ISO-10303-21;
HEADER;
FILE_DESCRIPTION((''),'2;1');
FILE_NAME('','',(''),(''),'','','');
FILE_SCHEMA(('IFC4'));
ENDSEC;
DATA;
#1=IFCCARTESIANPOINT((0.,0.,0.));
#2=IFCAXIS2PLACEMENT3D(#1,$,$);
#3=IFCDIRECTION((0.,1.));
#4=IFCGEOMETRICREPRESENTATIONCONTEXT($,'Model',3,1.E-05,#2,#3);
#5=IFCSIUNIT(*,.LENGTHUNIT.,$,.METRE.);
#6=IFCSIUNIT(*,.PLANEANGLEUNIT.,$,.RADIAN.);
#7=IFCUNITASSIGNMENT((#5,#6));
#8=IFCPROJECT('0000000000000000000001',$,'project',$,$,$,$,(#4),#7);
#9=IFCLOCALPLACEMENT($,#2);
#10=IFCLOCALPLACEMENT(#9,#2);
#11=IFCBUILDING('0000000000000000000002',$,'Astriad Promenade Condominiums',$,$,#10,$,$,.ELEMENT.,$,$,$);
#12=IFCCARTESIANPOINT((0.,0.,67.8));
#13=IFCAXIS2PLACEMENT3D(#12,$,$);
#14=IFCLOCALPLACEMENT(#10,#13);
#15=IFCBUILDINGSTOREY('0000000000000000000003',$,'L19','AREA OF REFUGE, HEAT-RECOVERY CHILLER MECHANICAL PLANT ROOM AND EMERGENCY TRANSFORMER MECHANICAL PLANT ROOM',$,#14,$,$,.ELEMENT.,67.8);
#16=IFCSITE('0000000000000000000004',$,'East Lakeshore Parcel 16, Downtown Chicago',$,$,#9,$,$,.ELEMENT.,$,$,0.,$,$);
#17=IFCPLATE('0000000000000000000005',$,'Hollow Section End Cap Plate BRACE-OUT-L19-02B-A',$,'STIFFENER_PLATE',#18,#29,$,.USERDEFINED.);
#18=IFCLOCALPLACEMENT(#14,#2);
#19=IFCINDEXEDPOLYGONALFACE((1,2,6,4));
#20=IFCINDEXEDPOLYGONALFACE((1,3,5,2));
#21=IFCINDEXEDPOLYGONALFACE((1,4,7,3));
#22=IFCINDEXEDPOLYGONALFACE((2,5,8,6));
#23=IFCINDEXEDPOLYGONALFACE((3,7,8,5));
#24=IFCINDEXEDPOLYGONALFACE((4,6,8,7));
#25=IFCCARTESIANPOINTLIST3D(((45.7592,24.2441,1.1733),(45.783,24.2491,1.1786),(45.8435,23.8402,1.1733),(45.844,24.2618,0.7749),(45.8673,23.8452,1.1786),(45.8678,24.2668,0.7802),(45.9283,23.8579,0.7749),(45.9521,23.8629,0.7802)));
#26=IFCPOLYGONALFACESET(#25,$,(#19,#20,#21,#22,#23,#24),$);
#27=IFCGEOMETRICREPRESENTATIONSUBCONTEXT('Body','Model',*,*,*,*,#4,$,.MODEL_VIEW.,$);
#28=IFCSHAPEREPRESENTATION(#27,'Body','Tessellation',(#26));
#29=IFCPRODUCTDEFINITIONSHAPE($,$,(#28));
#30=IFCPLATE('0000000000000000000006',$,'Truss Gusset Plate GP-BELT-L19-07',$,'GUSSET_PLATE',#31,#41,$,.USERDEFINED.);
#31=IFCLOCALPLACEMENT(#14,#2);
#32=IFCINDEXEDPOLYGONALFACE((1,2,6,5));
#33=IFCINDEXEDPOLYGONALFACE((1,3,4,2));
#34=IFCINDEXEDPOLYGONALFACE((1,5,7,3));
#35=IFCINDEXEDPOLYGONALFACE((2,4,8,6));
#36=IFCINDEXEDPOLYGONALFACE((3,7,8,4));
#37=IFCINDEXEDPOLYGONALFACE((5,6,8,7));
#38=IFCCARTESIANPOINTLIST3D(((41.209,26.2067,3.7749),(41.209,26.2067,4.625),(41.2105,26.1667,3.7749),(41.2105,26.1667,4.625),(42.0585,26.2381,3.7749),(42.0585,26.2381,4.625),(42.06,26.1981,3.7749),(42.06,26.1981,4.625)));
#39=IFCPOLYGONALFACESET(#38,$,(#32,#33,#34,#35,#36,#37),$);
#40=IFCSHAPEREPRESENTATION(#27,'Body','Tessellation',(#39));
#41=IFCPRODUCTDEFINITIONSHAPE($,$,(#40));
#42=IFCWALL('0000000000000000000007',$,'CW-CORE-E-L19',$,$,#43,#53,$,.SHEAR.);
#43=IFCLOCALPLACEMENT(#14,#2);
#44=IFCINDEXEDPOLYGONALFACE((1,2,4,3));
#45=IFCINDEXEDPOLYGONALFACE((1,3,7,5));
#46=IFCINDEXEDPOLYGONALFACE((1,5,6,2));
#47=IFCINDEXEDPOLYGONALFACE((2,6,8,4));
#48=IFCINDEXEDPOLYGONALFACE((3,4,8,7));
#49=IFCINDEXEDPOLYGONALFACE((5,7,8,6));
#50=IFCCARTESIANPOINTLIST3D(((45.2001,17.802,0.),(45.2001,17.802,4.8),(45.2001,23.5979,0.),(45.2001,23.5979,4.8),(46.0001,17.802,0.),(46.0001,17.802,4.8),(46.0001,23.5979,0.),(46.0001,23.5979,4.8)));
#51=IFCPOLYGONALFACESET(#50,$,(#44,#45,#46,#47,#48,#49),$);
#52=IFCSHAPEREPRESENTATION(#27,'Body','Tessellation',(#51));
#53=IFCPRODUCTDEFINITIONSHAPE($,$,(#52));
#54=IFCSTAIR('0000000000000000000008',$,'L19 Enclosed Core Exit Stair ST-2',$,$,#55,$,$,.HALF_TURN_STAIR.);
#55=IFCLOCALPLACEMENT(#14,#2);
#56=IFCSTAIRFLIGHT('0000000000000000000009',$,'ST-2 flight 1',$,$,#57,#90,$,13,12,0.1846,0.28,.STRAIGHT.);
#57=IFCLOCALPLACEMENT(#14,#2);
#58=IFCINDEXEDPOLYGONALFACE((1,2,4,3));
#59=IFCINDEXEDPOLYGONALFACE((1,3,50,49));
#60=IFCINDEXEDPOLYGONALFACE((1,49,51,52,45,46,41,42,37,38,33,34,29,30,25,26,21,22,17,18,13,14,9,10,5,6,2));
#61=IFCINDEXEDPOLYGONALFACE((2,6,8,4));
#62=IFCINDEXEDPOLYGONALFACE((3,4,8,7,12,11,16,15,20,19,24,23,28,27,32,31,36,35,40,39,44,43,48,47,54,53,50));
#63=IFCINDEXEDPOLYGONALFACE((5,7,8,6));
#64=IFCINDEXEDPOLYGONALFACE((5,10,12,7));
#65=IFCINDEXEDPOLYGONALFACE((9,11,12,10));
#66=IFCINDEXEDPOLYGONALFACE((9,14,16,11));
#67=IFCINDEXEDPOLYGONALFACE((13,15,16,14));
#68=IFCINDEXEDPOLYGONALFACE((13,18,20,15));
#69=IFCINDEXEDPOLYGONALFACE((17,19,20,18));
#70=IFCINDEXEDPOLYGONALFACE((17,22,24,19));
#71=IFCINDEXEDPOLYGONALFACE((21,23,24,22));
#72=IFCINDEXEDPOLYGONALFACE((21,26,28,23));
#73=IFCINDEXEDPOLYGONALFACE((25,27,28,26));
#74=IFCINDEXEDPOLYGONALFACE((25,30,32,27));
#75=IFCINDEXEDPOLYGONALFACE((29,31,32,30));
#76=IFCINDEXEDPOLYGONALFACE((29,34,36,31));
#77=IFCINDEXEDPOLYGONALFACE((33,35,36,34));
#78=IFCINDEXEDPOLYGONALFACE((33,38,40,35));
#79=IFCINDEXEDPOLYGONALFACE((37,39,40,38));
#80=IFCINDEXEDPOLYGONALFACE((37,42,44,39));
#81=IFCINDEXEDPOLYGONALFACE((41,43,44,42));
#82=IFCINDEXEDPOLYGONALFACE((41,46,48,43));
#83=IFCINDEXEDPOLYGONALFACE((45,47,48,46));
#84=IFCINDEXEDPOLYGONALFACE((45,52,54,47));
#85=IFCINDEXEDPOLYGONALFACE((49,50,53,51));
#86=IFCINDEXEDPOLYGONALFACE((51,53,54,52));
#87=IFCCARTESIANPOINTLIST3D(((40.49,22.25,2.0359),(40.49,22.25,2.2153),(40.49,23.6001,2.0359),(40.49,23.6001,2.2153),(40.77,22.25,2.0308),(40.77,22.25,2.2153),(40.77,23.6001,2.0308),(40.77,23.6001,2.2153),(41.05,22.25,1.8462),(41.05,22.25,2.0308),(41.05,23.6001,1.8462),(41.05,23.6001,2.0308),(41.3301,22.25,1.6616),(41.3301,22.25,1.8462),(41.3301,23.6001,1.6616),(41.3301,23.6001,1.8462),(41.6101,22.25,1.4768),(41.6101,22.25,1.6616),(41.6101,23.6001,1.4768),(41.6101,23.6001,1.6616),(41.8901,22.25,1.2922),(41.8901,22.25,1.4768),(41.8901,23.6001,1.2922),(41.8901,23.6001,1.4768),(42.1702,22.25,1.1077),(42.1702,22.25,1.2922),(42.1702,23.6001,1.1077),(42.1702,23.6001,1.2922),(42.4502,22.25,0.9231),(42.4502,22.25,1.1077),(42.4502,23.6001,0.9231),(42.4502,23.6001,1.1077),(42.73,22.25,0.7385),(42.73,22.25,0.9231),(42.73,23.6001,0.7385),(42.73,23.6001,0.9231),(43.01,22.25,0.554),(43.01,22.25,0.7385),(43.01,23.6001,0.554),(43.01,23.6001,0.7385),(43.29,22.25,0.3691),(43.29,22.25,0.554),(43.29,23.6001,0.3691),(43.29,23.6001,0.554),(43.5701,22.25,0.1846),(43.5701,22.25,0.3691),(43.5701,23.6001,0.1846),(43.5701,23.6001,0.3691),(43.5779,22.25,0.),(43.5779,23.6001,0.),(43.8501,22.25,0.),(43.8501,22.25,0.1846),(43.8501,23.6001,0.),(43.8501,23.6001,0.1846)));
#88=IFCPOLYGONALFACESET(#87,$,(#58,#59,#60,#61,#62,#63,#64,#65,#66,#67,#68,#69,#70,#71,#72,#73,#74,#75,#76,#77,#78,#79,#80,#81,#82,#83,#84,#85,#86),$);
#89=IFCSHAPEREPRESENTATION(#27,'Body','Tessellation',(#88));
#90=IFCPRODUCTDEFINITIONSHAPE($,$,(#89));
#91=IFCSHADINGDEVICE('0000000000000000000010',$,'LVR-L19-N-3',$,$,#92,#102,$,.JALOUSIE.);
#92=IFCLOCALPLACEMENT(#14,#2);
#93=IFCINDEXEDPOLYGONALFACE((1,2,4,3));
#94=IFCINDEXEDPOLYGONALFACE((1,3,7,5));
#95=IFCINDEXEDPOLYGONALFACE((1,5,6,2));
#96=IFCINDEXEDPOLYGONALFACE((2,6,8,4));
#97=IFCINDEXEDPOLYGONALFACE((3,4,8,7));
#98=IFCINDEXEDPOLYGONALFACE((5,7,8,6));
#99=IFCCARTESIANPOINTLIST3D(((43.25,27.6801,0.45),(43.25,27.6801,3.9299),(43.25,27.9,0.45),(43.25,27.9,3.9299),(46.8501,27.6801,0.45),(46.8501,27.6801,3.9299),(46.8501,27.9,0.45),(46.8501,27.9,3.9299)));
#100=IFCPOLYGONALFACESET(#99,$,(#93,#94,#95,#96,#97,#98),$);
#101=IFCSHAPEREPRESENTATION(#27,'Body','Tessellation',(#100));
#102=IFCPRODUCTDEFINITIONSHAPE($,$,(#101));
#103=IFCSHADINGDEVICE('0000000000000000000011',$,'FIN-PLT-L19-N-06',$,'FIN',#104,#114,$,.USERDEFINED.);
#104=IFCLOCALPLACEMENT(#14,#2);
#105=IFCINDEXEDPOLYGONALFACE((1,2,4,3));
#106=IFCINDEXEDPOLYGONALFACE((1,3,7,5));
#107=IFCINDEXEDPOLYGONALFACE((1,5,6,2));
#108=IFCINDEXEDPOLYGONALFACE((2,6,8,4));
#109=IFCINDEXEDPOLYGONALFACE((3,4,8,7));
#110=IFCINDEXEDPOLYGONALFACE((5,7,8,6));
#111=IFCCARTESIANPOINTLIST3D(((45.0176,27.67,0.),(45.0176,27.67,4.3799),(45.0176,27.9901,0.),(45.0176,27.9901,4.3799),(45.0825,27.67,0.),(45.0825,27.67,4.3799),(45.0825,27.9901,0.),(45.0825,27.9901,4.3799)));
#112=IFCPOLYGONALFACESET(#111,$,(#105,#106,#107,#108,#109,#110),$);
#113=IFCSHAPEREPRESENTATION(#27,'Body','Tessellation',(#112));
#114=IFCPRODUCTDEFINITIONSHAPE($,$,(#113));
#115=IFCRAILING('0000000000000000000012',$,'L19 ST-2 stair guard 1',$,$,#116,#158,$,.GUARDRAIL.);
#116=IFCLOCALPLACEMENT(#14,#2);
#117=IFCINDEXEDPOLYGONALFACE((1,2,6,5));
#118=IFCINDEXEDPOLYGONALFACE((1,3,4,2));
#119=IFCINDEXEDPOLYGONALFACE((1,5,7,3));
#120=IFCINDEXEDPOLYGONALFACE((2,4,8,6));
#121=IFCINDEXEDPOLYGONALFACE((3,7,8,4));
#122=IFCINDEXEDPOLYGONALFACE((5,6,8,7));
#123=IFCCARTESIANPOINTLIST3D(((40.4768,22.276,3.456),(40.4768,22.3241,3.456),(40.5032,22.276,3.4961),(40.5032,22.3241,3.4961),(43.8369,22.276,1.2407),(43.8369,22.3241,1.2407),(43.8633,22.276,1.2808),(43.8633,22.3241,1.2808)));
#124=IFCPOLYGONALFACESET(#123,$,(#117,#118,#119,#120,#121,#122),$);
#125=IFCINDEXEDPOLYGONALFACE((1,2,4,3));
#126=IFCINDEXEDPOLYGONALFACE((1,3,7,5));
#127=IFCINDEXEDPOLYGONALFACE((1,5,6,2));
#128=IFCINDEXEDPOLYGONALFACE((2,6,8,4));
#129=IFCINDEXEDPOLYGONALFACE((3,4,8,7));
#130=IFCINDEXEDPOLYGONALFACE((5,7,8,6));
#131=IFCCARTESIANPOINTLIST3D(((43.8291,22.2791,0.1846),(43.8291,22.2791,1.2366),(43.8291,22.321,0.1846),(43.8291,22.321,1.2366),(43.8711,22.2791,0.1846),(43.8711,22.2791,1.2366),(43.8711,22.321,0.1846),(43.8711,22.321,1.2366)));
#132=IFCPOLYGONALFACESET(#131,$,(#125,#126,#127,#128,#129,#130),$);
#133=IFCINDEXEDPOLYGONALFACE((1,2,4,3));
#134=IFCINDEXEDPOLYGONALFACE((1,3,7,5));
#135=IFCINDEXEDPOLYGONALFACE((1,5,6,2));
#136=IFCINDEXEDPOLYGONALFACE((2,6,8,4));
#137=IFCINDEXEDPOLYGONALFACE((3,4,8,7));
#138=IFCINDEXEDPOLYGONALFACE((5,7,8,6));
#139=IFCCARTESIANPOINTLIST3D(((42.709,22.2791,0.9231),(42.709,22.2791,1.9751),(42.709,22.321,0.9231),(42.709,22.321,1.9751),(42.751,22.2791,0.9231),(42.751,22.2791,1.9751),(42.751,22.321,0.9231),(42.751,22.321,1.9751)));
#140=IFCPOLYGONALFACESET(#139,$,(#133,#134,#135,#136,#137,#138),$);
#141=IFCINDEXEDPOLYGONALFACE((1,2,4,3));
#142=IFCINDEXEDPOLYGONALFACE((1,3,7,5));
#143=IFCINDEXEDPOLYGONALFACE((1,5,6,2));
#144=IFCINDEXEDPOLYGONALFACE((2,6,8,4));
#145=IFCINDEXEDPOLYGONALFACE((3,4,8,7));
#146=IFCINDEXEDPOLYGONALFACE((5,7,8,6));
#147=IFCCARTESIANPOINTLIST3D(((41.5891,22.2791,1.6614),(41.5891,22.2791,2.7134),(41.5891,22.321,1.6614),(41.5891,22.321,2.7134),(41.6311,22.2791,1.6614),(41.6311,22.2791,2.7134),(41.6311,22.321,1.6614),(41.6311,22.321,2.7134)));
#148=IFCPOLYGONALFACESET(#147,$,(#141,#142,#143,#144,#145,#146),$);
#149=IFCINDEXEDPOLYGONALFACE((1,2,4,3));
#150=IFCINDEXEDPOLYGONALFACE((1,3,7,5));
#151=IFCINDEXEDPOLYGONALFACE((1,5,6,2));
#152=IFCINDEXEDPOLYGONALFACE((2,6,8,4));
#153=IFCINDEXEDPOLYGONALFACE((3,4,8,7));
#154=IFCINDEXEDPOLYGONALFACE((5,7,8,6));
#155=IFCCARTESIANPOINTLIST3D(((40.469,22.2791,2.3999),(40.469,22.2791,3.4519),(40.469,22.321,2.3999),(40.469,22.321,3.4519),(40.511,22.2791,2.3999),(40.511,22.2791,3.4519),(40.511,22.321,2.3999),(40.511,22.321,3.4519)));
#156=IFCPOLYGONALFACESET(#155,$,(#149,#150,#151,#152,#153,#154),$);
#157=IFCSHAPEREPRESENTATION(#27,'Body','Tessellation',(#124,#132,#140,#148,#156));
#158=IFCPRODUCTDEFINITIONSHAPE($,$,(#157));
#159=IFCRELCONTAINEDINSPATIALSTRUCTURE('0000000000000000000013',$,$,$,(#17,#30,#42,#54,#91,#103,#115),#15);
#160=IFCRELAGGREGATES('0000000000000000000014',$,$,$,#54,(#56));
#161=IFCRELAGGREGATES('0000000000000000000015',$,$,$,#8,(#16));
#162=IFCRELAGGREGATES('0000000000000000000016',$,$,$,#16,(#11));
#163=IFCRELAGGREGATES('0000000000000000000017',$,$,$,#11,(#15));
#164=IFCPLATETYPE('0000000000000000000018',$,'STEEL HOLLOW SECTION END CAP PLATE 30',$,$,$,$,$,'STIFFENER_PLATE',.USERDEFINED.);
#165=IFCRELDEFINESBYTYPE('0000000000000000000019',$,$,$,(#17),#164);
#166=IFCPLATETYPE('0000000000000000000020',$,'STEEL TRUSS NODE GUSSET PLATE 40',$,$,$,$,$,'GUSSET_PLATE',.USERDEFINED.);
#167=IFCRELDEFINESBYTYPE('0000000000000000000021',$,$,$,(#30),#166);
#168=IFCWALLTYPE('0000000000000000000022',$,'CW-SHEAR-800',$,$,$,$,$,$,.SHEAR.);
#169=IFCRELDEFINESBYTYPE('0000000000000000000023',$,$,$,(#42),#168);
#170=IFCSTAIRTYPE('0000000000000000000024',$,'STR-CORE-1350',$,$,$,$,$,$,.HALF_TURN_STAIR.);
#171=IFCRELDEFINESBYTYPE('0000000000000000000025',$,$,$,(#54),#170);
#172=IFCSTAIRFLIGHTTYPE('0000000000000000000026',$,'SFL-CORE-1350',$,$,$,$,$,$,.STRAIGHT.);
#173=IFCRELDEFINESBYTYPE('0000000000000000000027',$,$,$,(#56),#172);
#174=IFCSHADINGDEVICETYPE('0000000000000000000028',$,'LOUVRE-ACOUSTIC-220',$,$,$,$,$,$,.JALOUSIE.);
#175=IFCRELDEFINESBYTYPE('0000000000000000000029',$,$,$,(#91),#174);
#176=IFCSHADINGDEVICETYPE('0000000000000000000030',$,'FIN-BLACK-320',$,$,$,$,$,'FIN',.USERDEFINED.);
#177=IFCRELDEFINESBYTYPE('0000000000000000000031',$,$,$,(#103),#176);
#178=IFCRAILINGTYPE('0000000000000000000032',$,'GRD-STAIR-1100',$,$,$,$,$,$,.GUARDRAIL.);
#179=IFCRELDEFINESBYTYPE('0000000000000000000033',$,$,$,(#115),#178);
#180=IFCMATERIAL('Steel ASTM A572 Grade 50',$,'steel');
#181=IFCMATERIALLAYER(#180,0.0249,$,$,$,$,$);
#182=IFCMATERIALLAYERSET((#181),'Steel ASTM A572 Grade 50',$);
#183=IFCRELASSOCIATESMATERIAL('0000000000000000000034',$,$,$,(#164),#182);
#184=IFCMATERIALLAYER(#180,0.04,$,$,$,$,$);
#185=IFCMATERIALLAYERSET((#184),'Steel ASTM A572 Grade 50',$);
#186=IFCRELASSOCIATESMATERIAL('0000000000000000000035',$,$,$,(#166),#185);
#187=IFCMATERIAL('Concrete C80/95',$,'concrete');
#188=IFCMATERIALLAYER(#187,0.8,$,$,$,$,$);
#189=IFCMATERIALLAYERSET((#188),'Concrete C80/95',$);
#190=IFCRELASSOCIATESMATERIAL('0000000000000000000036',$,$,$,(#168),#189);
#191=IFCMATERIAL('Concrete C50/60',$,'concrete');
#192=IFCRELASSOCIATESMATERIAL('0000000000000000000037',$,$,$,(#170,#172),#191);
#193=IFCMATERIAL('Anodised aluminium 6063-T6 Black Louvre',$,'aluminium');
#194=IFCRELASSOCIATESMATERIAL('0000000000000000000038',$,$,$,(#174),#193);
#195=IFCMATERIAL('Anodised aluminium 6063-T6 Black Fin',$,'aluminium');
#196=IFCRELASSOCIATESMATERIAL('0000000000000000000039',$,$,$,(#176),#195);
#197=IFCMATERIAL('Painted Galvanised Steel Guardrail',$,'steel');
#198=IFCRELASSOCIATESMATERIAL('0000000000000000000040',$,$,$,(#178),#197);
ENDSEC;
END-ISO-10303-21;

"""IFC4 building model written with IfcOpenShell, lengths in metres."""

from ifc_helpers import new_model, si_unit, direction, frame, frame_2d, origin, origin_2d, place, context, subcontext, project, spatial, polyline, rectangle, outline, extrude, source, transform, mapped, material, layer, layer_set, type_object, type_shapes, element, aggregate, save


model = new_model("IFC4")

# Units and contexts
model_context = context("Model", 3, precision=1e-05, world=origin(), true_north=direction((0.0, 1.0)))
body_context = subcontext(model_context, "Body", "Model", "MODEL_VIEW")
ifc_project = project(units=[si_unit("LENGTHUNIT", "METRE"), si_unit("PLANEANGLEUNIT", "RADIAN")], contexts=[model_context])

# Site, building, storey
site_placement = place(None, origin())
site = spatial("IfcSite", under=ifc_project, at=site_placement, Name="East Lakeshore Parcel 16, Downtown Chicago", CompositionType="ELEMENT", RefElevation=0.0)
building_placement = place(site_placement, origin())
building = spatial("IfcBuilding", under=site, at=building_placement, Name="Astriad Promenade Condominiums", CompositionType="ELEMENT")
storey_placement = place(building_placement, frame((0.0, 0.0, 67.8)))
storey = spatial("IfcBuildingStorey", under=building, at=storey_placement, Name="L19", Description="AREA OF REFUGE, HEAT-RECOVERY CHILLER MECHANICAL PLANT ROOM AND EMERGENCY TRANSFORMER MECHANICAL PLANT ROOM", CompositionType="ELEMENT", Elevation=67.8)

# Plates
ifc_material_1 = material(Name="Steel ASTM A572 Grade 50", Category="steel")
ifc_layer_1 = layer(ifc_material_1, 0.0249)
ifc_layer_set_1 = layer_set([ifc_layer_1], Name="Steel ASTM A572 Grade 50")
plate_type_1 = type_object("IfcPlateType", Name="STEEL HOLLOW SECTION END CAP PLATE 30", ElementType="STIFFENER_PLATE", PredefinedType="USERDEFINED", material=ifc_layer_set_1)
shared_shape_1 = source(origin(), body_context, "Body", "SweptSolid", [
    extrude(rectangle(XDim=0.4126, YDim=0.4077, at=origin_2d()), origin(), (0.0, 0.0, 1.0), 0.0249),
])
for number, where, z_axis, x_axis, name in (
    (1, (45.8438, 24.051, 0.9741), (0.956522, 0.199727, 0.212542), (-0.204397, 0.978888, 0.0), "Hollow Section End Cap Plate BRACE-OUT-L19-02B-A"),
):
    element("IfcPlate", number, at=place(storey_placement, frame(where, z_axis=z_axis, x_axis=x_axis)), inside=storey, type_object=plate_type_1, Name=name, ObjectType="STIFFENER_PLATE", PredefinedType="USERDEFINED", context=body_context, shape_type="MappedRepresentation", body=[
        mapped(shared_shape_1, transform((0.0, 0.0, 0.0), scale=1.0)),
    ])
ifc_layer_2 = layer(ifc_material_1, 0.04)
ifc_layer_set_2 = layer_set([ifc_layer_2], Name="Steel ASTM A572 Grade 50")
plate_type_2 = type_object("IfcPlateType", Name="STEEL TRUSS NODE GUSSET PLATE 40", ElementType="GUSSET_PLATE", PredefinedType="USERDEFINED", material=ifc_layer_set_2)
shared_shape_2 = source(origin(), body_context, "Body", "SweptSolid", [
    extrude(rectangle(XDim=0.8501, YDim=0.04, at=origin_2d()), origin(), (0.0, 0.0, 1.0), 0.8501),
])
type_shapes(plate_type_2, [shared_shape_2])
plate_1_placement = place(storey_placement, frame((41.6345, 26.2024, 3.7749), z_axis=(0.0, 0.0, 1.0), x_axis=(0.999316, 0.036993, 0.0)))
element("IfcPlate", 2, at=plate_1_placement, inside=storey, type_object=plate_type_2, Name="Truss Gusset Plate GP-BELT-L19-07", ObjectType="GUSSET_PLATE", PredefinedType="USERDEFINED", context=body_context, shape_type="MappedRepresentation", body=[
    mapped(shared_shape_2, transform((0.0, 0.0, 0.0), scale=1.0)),
])

# Wall
ifc_material_2 = material(Name="Concrete C80/95", Category="concrete")
ifc_layer_3 = layer(ifc_material_2, 0.8)
ifc_layer_set_3 = layer_set([ifc_layer_3], Name="Concrete C80/95")
wall_type = type_object("IfcWallType", Name="CW-SHEAR-800", PredefinedType="SHEAR", material=ifc_layer_set_3)
wall_placement = place(storey_placement, frame((45.6001, 17.802, 0.0), z_axis=(0.0, 0.0, 1.0), x_axis=(0.0, 1.0, 0.0)))
element("IfcWall", 3, at=wall_placement, inside=storey, type_object=wall_type, Name="CW-CORE-E-L19", PredefinedType="SHEAR", context=body_context, shape_type="SweptSolid", body=[
    extrude(rectangle(XDim=5.7959, YDim=0.8, at=frame_2d((2.8979, 0.0))), origin(), (0.0, 0.0, 1.0), 4.8),
])

# Stair, stair flight
ifc_material_3 = material(Name="Concrete C50/60", Category="concrete")
stair_type = type_object("IfcStairType", Name="STR-CORE-1350", PredefinedType="HALF_TURN_STAIR", material=ifc_material_3)
stair_placement = place(storey_placement, origin())
stair = element("IfcStair", 4, at=stair_placement, inside=storey, type_object=stair_type, Name="L19 Enclosed Core Exit Stair ST-2", PredefinedType="HALF_TURN_STAIR")
stair_flight_type = type_object("IfcStairFlightType", Name="SFL-CORE-1350", PredefinedType="STRAIGHT", material=ifc_material_3)
shared_shape_3 = source(origin(), body_context, "Body", "SweptSolid", [
    extrude(outline(polyline([(0.0, 0.0), (0.0, 0.1846), (0.28, 0.1846), (0.28, 0.3691), (0.5601, 0.3691), (0.5601, 0.554), (0.8401, 0.554), (0.8401, 0.7385), (1.1201, 0.7385), (1.1201, 0.9231), (1.3999, 0.9231), (1.3999, 1.1077), (1.6799, 1.1077), (1.6799, 1.2922), (1.96, 1.2922), (1.96, 1.4768), (2.24, 1.4768), (2.24, 1.6616), (2.52, 1.6616), (2.52, 1.8462), (2.8, 1.8462), (2.8, 2.0308), (3.0801, 2.0308), (3.0801, 2.2153), (3.3601, 2.2153), (3.3601, 2.3999), (3.3601, 2.0359), (0.2722, 0.0), (0.0, 0.0)])), frame((0.0, 0.675, 0.0), z_axis=(0.0, -1.0, 0.0), x_axis=(1.0, 0.0, 0.0)), (0.0, 0.0, 1.0), 1.3501),
])
type_shapes(stair_flight_type, [shared_shape_3])
stair_flight_placement = place(storey_placement, frame((43.8501, 22.925, 0.0), z_axis=(0.0, 0.0, 1.0), x_axis=(-1.0, 0.0, 0.0)))
stair_flight = element("IfcStairFlight", 5, at=stair_flight_placement, type_object=stair_flight_type, Name="ST-2 flight 1", NumberOfRisers=13, NumberOfTreads=12, PredefinedType="STRAIGHT", RiserHeight=0.1846, TreadLength=0.28, context=body_context, shape_type="MappedRepresentation", body=[
    mapped(shared_shape_3, transform((0.0, 0.0, 0.0), scale=1.0)),
])
aggregate(stair, [stair_flight])

# Shading devices
ifc_material_4 = material(Name="Anodised aluminium 6063-T6 Black Louvre", Category="aluminium")
shading_device_type_1 = type_object("IfcShadingDeviceType", Name="LOUVRE-ACOUSTIC-220", PredefinedType="JALOUSIE", material=ifc_material_4)
shared_shape_4 = source(origin(), body_context, "Body", "SweptSolid", [
    extrude(rectangle(XDim=3.6001, YDim=0.22, at=origin_2d()), origin(), (0.0, 0.0, 1.0), 3.48),
])
type_shapes(shading_device_type_1, [shared_shape_4])
shading_device_1_placement = place(storey_placement, frame((45.05, 27.79, 0.45), z_axis=(0.0, 0.0, 1.0), x_axis=(1.0, 0.0, 0.0)))
element("IfcShadingDevice", 6, at=shading_device_1_placement, inside=storey, type_object=shading_device_type_1, Name="LVR-L19-N-3", PredefinedType="JALOUSIE", context=body_context, shape_type="MappedRepresentation", body=[
    mapped(shared_shape_4, transform((0.0, 0.0, 0.0), scale=1.0)),
])
ifc_material_5 = material(Name="Anodised aluminium 6063-T6 Black Fin", Category="aluminium")
shading_device_type_2 = type_object("IfcShadingDeviceType", Name="FIN-BLACK-320", ElementType="FIN", PredefinedType="USERDEFINED", material=ifc_material_5)
shared_shape_5 = source(origin(), body_context, "Body", "SweptSolid", [
    extrude(rectangle(XDim=0.0649, YDim=0.3201, at=origin_2d()), origin(), (0.0, 0.0, 1.0), 4.3799),
])
type_shapes(shading_device_type_2, [shared_shape_5])
shading_device_2_placement = place(storey_placement, frame((45.05, 27.8301, 0.0), z_axis=(0.0, 0.0, 1.0), x_axis=(1.0, 0.0, 0.0)))
element("IfcShadingDevice", 7, at=shading_device_2_placement, inside=storey, type_object=shading_device_type_2, Name="FIN-PLT-L19-N-06", ObjectType="FIN", PredefinedType="USERDEFINED", context=body_context, shape_type="MappedRepresentation", body=[
    mapped(shared_shape_5, transform((0.0, 0.0, 0.0), scale=1.0)),
])

# Railing
ifc_material_6 = material(Name="Painted Galvanised Steel Guardrail", Category="steel")
railing_type_1 = type_object("IfcRailingType", Name="GRD-STAIR-1100", PredefinedType="GUARDRAIL", material=ifc_material_6)
shared_shape_6 = source(origin(), body_context, "Body", "SweptSolid", [
    extrude(rectangle(XDim=0.0481, YDim=0.0481, at=origin_2d()), frame((0.0, 0.0, 1.0762), z_axis=(-0.834876, 0.0, 0.550437), x_axis=(0.0, -1.0, 0.0)), (0.0, 0.0, 1.0), 4.0247),
    extrude(rectangle(XDim=0.042, YDim=0.042, at=origin_2d()), origin(), (0.0, 0.0, 1.0), 1.052),
    extrude(rectangle(XDim=0.042, YDim=0.042, at=origin_2d()), frame((-1.1201, 0.0, 0.7385)), (0.0, 0.0, 1.0), 1.052),
    extrude(rectangle(XDim=0.042, YDim=0.042, at=origin_2d()), frame((-2.24, 0.0, 1.4768)), (0.0, 0.0, 1.0), 1.052),
    extrude(rectangle(XDim=0.042, YDim=0.042, at=origin_2d()), frame((-3.3601, 0.0, 2.2153)), (0.0, 0.0, 1.0), 1.052),
])
railing_1_placement = place(storey_placement, frame((43.8501, 22.3, 0.1846)))
element("IfcRailing", 8, at=railing_1_placement, inside=storey, type_object=railing_type_1, Name="L19 ST-2 stair guard 1", PredefinedType="GUARDRAIL", context=body_context, shape_type="MappedRepresentation", body=[
    mapped(shared_shape_6, transform((0.0, 0.0, 0.0), scale=1.0)),
])

save(model, "model.ifc")
